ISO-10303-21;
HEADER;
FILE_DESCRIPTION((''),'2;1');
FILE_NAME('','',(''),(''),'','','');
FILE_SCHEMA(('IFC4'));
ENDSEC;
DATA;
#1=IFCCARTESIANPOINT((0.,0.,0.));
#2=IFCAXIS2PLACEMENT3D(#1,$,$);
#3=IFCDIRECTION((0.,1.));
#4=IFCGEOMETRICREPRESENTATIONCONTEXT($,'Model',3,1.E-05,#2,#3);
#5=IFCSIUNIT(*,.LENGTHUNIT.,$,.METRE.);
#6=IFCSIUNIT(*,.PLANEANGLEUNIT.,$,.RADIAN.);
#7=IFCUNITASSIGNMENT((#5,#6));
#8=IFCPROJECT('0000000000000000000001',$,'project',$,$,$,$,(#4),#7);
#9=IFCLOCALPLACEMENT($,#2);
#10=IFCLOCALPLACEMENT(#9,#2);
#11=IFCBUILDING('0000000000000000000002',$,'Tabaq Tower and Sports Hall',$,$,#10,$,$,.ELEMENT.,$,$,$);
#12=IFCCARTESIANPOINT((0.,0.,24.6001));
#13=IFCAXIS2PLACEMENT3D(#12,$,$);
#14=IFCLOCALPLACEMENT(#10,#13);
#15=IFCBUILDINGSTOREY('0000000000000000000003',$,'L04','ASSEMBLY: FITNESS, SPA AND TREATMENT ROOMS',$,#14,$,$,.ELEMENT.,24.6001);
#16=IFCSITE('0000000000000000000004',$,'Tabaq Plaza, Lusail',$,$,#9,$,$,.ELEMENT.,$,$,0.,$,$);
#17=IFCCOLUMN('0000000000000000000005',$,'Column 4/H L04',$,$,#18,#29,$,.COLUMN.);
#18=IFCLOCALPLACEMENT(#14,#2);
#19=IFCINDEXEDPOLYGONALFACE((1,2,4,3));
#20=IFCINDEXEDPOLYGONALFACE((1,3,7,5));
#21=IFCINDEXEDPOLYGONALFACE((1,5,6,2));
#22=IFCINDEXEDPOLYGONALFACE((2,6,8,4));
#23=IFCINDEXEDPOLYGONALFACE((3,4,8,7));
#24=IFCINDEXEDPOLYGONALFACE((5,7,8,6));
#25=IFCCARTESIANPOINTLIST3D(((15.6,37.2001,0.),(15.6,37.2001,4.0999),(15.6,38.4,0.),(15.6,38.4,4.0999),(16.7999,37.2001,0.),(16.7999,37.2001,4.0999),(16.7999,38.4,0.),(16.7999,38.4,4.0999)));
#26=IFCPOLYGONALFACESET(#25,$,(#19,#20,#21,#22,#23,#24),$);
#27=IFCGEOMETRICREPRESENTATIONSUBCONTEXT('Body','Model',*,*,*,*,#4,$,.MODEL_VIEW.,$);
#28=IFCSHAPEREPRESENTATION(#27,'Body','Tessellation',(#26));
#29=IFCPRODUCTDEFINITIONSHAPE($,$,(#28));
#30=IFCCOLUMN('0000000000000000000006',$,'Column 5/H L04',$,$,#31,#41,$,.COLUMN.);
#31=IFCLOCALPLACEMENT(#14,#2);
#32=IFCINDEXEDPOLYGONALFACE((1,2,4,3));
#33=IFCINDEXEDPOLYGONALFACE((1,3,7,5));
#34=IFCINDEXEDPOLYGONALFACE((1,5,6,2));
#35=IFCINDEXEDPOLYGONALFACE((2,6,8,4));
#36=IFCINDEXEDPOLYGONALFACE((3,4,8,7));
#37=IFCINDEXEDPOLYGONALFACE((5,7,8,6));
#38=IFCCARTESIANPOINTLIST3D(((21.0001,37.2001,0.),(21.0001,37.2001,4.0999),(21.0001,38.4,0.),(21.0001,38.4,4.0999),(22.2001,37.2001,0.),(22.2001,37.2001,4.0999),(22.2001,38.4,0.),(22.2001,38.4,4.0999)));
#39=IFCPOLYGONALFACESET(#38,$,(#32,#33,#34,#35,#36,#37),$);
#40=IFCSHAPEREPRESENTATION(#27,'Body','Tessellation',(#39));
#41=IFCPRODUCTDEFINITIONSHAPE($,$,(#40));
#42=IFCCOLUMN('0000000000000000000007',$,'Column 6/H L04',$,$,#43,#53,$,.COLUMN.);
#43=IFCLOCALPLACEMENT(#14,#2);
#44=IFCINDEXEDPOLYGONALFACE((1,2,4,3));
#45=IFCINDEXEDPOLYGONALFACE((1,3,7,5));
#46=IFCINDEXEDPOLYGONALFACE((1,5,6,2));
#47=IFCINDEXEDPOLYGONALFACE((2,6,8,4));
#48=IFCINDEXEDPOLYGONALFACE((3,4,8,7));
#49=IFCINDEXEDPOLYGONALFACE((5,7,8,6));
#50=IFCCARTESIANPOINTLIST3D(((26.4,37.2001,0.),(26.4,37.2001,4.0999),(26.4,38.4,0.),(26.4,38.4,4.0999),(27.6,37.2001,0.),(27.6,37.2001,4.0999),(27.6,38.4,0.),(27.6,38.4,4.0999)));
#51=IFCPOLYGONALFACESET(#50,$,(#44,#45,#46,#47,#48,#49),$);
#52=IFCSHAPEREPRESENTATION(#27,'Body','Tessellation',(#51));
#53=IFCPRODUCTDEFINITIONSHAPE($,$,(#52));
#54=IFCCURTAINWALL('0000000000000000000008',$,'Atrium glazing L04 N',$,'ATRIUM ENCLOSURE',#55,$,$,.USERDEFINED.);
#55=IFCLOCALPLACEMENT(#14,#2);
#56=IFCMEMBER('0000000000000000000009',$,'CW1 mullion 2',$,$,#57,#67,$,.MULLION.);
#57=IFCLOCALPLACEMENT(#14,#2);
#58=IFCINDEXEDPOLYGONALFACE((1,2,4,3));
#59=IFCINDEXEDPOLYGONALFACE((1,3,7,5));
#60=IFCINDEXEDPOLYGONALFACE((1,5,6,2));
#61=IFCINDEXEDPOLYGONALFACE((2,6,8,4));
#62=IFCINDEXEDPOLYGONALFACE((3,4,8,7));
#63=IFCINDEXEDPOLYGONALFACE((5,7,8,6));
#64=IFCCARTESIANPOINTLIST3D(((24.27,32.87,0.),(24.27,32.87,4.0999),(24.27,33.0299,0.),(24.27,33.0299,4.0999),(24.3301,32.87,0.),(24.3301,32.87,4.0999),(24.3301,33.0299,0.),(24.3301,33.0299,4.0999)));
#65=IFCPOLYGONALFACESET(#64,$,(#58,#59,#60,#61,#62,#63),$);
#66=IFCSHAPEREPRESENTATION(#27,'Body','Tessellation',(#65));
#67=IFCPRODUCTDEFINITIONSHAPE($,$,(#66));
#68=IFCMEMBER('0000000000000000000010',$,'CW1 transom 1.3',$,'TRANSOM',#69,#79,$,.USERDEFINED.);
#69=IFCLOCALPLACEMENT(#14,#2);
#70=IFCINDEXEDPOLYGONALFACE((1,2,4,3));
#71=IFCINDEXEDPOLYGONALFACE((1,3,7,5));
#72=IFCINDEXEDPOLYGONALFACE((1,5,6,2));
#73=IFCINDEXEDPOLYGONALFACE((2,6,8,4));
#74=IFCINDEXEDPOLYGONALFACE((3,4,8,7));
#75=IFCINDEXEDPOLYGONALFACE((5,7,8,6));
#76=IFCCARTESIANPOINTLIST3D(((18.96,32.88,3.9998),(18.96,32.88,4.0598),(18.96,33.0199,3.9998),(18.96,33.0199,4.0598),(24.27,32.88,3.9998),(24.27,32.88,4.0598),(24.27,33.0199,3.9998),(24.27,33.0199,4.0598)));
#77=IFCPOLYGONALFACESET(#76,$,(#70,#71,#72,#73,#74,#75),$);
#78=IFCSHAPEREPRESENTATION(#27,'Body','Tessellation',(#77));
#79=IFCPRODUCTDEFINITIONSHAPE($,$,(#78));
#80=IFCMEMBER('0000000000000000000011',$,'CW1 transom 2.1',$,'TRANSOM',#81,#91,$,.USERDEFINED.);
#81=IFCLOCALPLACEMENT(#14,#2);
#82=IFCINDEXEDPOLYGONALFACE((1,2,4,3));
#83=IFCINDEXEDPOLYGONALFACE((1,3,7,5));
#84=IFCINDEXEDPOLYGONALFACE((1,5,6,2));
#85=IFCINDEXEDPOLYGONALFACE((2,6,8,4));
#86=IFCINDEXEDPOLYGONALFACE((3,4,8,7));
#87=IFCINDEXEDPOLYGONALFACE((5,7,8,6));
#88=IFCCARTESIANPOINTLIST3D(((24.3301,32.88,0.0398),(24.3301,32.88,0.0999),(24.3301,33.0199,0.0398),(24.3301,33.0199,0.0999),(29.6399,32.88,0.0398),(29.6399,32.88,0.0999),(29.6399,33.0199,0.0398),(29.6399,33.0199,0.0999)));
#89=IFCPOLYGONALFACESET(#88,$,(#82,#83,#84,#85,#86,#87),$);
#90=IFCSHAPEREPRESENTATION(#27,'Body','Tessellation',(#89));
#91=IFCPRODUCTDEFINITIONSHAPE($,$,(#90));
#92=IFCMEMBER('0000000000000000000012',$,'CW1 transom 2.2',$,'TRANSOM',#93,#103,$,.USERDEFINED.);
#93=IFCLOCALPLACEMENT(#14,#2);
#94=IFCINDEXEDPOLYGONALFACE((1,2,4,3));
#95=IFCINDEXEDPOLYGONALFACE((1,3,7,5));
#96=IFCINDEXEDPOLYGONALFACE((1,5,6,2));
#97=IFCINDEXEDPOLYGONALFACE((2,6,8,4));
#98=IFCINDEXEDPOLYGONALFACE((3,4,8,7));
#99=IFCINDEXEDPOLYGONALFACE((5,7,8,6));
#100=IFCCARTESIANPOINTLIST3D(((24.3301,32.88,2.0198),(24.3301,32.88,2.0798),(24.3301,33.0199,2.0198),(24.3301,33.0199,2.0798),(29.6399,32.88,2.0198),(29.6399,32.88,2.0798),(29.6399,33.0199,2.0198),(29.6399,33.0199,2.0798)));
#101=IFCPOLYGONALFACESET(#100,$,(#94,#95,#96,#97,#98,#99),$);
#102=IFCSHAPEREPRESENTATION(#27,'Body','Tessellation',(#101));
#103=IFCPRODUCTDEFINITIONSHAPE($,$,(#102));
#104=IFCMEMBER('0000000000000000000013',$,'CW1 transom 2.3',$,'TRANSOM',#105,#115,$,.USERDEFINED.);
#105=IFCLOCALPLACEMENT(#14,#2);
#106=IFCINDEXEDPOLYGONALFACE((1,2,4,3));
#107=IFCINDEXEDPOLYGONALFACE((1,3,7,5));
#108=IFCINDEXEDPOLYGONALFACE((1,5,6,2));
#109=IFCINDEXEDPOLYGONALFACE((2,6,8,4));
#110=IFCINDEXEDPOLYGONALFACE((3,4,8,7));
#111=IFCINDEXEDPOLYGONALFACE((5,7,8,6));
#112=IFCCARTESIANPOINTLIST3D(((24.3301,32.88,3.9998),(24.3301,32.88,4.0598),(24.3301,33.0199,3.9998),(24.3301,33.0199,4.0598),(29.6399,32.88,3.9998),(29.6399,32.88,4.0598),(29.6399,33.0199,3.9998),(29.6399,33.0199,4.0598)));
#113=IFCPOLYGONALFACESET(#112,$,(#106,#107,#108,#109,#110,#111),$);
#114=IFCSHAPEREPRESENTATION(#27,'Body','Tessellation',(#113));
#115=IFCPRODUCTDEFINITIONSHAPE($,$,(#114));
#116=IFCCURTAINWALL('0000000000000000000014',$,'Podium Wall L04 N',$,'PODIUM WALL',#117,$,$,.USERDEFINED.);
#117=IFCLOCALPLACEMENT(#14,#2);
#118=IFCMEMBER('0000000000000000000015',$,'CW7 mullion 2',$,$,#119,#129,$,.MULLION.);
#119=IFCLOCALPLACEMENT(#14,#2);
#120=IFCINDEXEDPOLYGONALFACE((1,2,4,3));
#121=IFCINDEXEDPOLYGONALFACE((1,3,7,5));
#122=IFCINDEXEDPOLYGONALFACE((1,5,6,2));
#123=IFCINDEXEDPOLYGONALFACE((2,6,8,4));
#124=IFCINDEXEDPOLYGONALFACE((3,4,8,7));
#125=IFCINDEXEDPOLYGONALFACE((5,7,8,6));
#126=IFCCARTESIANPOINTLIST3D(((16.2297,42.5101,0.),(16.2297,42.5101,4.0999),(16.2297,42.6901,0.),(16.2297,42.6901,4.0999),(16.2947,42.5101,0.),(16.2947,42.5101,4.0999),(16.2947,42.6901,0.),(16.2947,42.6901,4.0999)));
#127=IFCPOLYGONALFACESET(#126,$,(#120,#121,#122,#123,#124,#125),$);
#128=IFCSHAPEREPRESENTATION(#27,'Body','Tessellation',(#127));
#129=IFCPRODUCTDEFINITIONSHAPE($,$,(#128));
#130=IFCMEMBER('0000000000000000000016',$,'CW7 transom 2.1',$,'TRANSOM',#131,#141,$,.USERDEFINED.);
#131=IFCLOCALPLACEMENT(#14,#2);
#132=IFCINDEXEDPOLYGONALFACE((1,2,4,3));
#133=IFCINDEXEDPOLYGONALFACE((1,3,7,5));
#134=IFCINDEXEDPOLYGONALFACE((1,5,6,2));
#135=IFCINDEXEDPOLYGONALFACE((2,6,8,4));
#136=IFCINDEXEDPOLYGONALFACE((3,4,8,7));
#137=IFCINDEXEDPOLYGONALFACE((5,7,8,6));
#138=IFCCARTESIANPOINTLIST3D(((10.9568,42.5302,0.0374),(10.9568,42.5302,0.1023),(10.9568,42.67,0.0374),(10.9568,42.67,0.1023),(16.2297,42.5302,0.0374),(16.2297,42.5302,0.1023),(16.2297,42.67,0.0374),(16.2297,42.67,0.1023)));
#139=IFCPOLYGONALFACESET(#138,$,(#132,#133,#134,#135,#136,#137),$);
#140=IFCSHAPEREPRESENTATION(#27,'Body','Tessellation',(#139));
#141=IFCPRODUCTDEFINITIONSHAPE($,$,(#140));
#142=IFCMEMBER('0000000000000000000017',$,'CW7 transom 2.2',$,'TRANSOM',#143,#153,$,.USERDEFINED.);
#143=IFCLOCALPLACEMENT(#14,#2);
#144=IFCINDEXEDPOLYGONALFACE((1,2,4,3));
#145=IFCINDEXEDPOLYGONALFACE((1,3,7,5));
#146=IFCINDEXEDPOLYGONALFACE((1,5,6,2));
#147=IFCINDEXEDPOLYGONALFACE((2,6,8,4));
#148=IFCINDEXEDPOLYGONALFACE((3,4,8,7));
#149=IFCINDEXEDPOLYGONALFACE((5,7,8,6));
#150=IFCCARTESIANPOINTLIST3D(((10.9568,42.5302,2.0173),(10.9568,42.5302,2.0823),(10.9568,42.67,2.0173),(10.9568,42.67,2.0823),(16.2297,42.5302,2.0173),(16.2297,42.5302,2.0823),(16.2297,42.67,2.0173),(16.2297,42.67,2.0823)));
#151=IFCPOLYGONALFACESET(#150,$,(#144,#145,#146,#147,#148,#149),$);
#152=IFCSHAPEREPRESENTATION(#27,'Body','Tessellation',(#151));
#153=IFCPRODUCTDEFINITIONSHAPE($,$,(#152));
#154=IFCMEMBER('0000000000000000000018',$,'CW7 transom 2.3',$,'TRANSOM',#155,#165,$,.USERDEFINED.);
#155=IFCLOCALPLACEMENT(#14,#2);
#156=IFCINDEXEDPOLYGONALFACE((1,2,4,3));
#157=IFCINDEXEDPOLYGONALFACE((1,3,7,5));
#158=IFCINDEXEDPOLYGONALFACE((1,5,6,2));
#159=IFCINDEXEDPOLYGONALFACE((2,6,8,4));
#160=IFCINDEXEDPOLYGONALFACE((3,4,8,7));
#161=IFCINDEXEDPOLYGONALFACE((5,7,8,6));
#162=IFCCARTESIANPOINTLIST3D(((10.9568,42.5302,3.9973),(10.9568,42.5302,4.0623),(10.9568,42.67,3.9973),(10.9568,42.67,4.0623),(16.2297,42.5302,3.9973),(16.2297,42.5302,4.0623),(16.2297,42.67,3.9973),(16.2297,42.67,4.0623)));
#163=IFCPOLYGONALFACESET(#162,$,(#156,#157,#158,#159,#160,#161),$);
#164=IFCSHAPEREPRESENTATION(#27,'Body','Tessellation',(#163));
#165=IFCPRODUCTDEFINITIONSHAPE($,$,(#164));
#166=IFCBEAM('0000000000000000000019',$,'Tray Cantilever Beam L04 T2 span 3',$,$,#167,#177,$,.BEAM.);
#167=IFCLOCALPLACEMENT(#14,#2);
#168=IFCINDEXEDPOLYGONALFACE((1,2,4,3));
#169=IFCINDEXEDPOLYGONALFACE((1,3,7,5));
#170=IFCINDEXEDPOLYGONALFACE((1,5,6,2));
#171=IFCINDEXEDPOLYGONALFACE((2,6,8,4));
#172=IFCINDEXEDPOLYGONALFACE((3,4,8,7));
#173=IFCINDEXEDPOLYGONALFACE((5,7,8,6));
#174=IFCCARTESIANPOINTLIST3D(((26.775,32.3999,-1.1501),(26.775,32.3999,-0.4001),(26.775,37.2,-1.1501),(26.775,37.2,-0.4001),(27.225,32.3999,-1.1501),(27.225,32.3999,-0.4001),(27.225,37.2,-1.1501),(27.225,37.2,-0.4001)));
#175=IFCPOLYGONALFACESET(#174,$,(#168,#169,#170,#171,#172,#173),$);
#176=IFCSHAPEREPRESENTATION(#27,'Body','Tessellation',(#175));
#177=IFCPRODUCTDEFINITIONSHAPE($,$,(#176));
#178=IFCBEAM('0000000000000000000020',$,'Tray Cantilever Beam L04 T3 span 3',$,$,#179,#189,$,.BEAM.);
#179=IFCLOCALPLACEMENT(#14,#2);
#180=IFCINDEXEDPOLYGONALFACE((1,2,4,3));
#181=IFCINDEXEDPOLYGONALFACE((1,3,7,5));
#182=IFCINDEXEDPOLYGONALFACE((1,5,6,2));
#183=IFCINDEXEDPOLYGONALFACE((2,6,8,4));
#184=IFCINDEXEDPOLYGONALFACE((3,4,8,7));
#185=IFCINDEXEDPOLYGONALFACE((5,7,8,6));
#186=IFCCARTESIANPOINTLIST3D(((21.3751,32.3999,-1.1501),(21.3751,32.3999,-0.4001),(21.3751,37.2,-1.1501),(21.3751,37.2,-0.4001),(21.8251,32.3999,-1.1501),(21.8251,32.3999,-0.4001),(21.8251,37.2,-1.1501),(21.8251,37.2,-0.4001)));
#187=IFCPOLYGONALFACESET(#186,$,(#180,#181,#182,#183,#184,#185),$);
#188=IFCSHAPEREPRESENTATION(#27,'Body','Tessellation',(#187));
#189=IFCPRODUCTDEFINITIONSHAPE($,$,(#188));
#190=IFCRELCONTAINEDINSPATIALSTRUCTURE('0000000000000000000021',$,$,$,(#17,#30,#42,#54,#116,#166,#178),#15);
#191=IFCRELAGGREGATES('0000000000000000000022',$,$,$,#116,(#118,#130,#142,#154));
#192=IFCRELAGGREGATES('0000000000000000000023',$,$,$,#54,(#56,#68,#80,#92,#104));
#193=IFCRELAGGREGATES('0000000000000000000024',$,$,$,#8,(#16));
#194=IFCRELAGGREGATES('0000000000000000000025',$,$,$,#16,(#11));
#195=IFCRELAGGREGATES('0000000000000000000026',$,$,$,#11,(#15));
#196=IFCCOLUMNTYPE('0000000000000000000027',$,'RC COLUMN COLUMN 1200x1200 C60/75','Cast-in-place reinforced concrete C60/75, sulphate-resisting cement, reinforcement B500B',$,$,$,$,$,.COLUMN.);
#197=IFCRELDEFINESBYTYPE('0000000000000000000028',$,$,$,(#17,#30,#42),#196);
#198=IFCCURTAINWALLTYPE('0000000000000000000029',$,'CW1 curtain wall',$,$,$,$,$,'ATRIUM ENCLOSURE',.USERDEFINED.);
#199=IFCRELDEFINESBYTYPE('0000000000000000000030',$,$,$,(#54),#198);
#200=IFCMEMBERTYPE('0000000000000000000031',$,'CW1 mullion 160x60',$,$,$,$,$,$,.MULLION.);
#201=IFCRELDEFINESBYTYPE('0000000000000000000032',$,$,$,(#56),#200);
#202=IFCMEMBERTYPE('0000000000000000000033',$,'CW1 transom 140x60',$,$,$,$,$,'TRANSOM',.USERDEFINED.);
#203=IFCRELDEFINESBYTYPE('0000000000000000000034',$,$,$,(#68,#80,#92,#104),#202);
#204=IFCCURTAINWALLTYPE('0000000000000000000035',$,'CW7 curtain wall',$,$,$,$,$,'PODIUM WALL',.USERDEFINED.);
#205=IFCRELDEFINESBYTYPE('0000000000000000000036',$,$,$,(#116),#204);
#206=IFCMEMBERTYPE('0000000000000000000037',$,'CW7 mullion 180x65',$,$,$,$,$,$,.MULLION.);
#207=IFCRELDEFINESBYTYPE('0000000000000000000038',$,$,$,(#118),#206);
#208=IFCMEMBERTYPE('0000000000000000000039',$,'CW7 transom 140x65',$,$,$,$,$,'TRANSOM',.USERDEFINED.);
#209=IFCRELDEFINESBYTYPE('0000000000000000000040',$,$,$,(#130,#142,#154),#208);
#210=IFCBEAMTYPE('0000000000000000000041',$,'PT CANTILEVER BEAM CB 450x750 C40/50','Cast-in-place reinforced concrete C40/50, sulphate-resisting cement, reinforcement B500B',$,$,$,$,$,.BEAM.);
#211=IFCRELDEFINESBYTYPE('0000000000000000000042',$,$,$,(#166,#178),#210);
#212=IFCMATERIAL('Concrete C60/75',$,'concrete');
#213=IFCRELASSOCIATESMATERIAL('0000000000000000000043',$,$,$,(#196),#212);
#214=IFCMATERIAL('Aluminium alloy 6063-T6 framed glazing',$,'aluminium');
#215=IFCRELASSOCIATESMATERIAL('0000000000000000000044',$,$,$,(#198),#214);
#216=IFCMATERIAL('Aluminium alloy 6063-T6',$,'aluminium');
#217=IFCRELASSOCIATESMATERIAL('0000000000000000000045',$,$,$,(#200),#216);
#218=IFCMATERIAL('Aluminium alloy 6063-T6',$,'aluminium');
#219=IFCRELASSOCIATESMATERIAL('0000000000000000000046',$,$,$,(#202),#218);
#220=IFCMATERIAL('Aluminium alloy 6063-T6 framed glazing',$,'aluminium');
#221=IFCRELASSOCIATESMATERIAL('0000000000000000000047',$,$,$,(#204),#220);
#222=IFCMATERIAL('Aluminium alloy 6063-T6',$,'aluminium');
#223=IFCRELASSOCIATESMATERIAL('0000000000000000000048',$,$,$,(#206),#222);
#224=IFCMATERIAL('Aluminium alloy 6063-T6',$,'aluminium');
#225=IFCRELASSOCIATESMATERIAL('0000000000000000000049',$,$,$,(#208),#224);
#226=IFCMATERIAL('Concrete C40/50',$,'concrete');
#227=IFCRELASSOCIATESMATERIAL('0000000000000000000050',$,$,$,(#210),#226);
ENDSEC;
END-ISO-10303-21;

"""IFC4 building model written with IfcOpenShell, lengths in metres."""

from ifc_helpers import new_model, si_unit, direction, frame, origin, origin_2d, place, context, subcontext, project, spatial, rectangle, extrude, material, material_profile, profile_set, type_object, element, aggregate, save


model = new_model("IFC4")

# Units and contexts
model_context = context("Model", 3, precision=1e-05, world=origin(), true_north=direction((0.0, 1.0)))
body_context = subcontext(model_context, "Body", "Model", "MODEL_VIEW")
ifc_project = project(units=[si_unit("LENGTHUNIT", "METRE"), si_unit("PLANEANGLEUNIT", "RADIAN")], contexts=[model_context])

# Site, building, storey
site_placement = place(None, origin())
site = spatial("IfcSite", under=ifc_project, at=site_placement, Name="Tabaq Plaza, Lusail", CompositionType="ELEMENT", RefElevation=0.0)
building_placement = place(site_placement, origin())
building = spatial("IfcBuilding", under=site, at=building_placement, Name="Tabaq Tower and Sports Hall", CompositionType="ELEMENT")
storey_placement = place(building_placement, frame((0.0, 0.0, 24.6001)))
storey = spatial("IfcBuildingStorey", under=building, at=storey_placement, Name="L04", Description="ASSEMBLY: FITNESS, SPA AND TREATMENT ROOMS", CompositionType="ELEMENT", Elevation=24.6001)

# Columns
ifc_material_1 = material(Name="Concrete C60/75", Category="concrete")
ifc_material_profile_1 = material_profile(ifc_material_1, rectangle(XDim=1.2, YDim=1.2, at=origin_2d()), Name="COLUMN 1200x1200")
ifc_profile_set_1 = profile_set([ifc_material_profile_1], Name="Concrete C60/75")
column_type = type_object("IfcColumnType", Name="RC COLUMN COLUMN 1200x1200 C60/75", Description="Cast-in-place reinforced concrete C60/75, sulphate-resisting cement, reinforcement B500B", PredefinedType="COLUMN", material=ifc_profile_set_1)
for number, where, z_axis, x_axis, name in (
    (1, (16.2, 37.8, 0.0), (0.0, 0.0, 1.0), (1.0, 0.0, 0.0), "Column 4/H L04"),
    (2, (21.6001, 37.8, 0.0), (0.0, 0.0, 1.0), (1.0, 0.0, 0.0), "Column 5/H L04"),
    (3, (27.0, 37.8, 0.0), (0.0, 0.0, 1.0), (1.0, 0.0, 0.0), "Column 6/H L04"),
):
    element("IfcColumn", number, at=place(storey_placement, frame(where, z_axis=z_axis, x_axis=x_axis)), inside=storey, type_object=column_type, Name=name, PredefinedType="COLUMN", context=body_context, shape_type="SweptSolid", body=[
        extrude(rectangle(XDim=1.2, YDim=1.2, at=origin_2d()), origin(), (0.0, 0.0, 1.0), 4.0999),
    ])

# Curtain walls, members
ifc_material_2 = material(Name="Aluminium alloy 6063-T6 framed glazing", Category="aluminium")
curtain_wall_type_1 = type_object("IfcCurtainWallType", Name="CW1 curtain wall", ElementType="ATRIUM ENCLOSURE", PredefinedType="USERDEFINED", material=ifc_material_2)
curtain_wall_1_placement = place(storey_placement, origin())
curtain_wall_1 = element("IfcCurtainWall", 4, at=curtain_wall_1_placement, inside=storey, type_object=curtain_wall_type_1, Name="Atrium glazing L04 N", ObjectType="ATRIUM ENCLOSURE", PredefinedType="USERDEFINED")
ifc_material_3 = material(Name="Aluminium alloy 6063-T6", Category="aluminium")
ifc_material_profile_2 = material_profile(ifc_material_3, rectangle(XDim=0.1599, YDim=0.0601, at=origin_2d()), Name="MULLION 160x60")
ifc_profile_set_2 = profile_set([ifc_material_profile_2], Name="Aluminium alloy 6063-T6")
member_type_1 = type_object("IfcMemberType", Name="CW1 mullion 160x60", PredefinedType="MULLION", material=ifc_profile_set_2)
member_1_placement = place(storey_placement, frame((24.3, 32.95, 0.0), z_axis=(0.0, 0.0, 1.0), x_axis=(0.0, 1.0, 0.0)))
member_1 = element("IfcMember", 5, at=member_1_placement, type_object=member_type_1, Name="CW1 mullion 2", PredefinedType="MULLION", context=body_context, shape_type="SweptSolid", body=[
    extrude(rectangle(XDim=0.1599, YDim=0.0601, at=origin_2d()), origin(), (0.0, 0.0, 1.0), 4.0999),
])
ifc_material_4 = material(Name="Aluminium alloy 6063-T6", Category="aluminium")
ifc_material_profile_3 = material_profile(ifc_material_4, rectangle(XDim=0.1399, YDim=0.0601, at=origin_2d()), Name="TRANSOM 140x60")
ifc_profile_set_3 = profile_set([ifc_material_profile_3], Name="Aluminium alloy 6063-T6")
member_type_2 = type_object("IfcMemberType", Name="CW1 transom 140x60", ElementType="TRANSOM", PredefinedType="USERDEFINED", material=ifc_profile_set_3)
member_2_placement = place(storey_placement, frame((18.96, 32.95, 4.0298), z_axis=(1.0, 0.0, 0.0), x_axis=(0.0, 1.0, 0.0)))
member_2 = element("IfcMember", 6, at=member_2_placement, type_object=member_type_2, Name="CW1 transom 1.3", ObjectType="TRANSOM", PredefinedType="USERDEFINED", context=body_context, shape_type="SweptSolid", body=[
    extrude(rectangle(XDim=0.1399, YDim=0.0601, at=origin_2d()), origin(), (0.0, 0.0, 1.0), 5.3101),
])
member_3_placement = place(storey_placement, frame((24.3301, 32.95, 0.0698), z_axis=(1.0, 0.0, 0.0), x_axis=(0.0, 1.0, 0.0)))
member_3 = element("IfcMember", 7, at=member_3_placement, type_object=member_type_2, Name="CW1 transom 2.1", ObjectType="TRANSOM", PredefinedType="USERDEFINED", context=body_context, shape_type="SweptSolid", body=[
    extrude(rectangle(XDim=0.1399, YDim=0.0601, at=origin_2d()), origin(), (0.0, 0.0, 1.0), 5.3098),
])
member_4_placement = place(storey_placement, frame((24.3301, 32.95, 2.0498), z_axis=(1.0, 0.0, 0.0), x_axis=(0.0, 1.0, 0.0)))
member_4 = element("IfcMember", 8, at=member_4_placement, type_object=member_type_2, Name="CW1 transom 2.2", ObjectType="TRANSOM", PredefinedType="USERDEFINED", context=body_context, shape_type="SweptSolid", body=[
    extrude(rectangle(XDim=0.1399, YDim=0.0601, at=origin_2d()), origin(), (0.0, 0.0, 1.0), 5.3098),
])
member_5_placement = place(storey_placement, frame((24.3301, 32.95, 4.0298), z_axis=(1.0, 0.0, 0.0), x_axis=(0.0, 1.0, 0.0)))
member_5 = element("IfcMember", 9, at=member_5_placement, type_object=member_type_2, Name="CW1 transom 2.3", ObjectType="TRANSOM", PredefinedType="USERDEFINED", context=body_context, shape_type="SweptSolid", body=[
    extrude(rectangle(XDim=0.1399, YDim=0.0601, at=origin_2d()), origin(), (0.0, 0.0, 1.0), 5.3098),
])
ifc_material_5 = material(Name="Aluminium alloy 6063-T6 framed glazing", Category="aluminium")
curtain_wall_type_2 = type_object("IfcCurtainWallType", Name="CW7 curtain wall", ElementType="PODIUM WALL", PredefinedType="USERDEFINED", material=ifc_material_5)
curtain_wall_2_placement = place(storey_placement, origin())
curtain_wall_2 = element("IfcCurtainWall", 10, at=curtain_wall_2_placement, inside=storey, type_object=curtain_wall_type_2, Name="Podium Wall L04 N", ObjectType="PODIUM WALL", PredefinedType="USERDEFINED")
ifc_material_6 = material(Name="Aluminium alloy 6063-T6", Category="aluminium")
ifc_material_profile_4 = material_profile(ifc_material_6, rectangle(XDim=0.1799, YDim=0.0649, at=origin_2d()), Name="MULLION 180x65")
ifc_profile_set_4 = profile_set([ifc_material_profile_4], Name="Aluminium alloy 6063-T6")
member_type_3 = type_object("IfcMemberType", Name="CW7 mullion 180x65", PredefinedType="MULLION", material=ifc_profile_set_4)
member_6_placement = place(storey_placement, frame((16.2622, 42.6001, 0.0), z_axis=(0.0, 0.0, 1.0), x_axis=(0.0, -1.0, 0.0)))
member_6 = element("IfcMember", 11, at=member_6_placement, type_object=member_type_3, Name="CW7 mullion 2", PredefinedType="MULLION", context=body_context, shape_type="SweptSolid", body=[
    extrude(rectangle(XDim=0.1799, YDim=0.0649, at=origin_2d()), origin(), (0.0, 0.0, 1.0), 4.0999),
])
ifc_material_7 = material(Name="Aluminium alloy 6063-T6", Category="aluminium")
ifc_material_profile_5 = material_profile(ifc_material_7, rectangle(XDim=0.1399, YDim=0.0649, at=origin_2d()), Name="TRANSOM 140x65")
ifc_profile_set_5 = profile_set([ifc_material_profile_5], Name="Aluminium alloy 6063-T6")
member_type_4 = type_object("IfcMemberType", Name="CW7 transom 140x65", ElementType="TRANSOM", PredefinedType="USERDEFINED", material=ifc_profile_set_5)
member_7_placement = place(storey_placement, frame((16.2297, 42.6001, 0.0698), z_axis=(-1.0, 0.0, 0.0), x_axis=(0.0, -1.0, 0.0)))
member_7 = element("IfcMember", 12, at=member_7_placement, type_object=member_type_4, Name="CW7 transom 2.1", ObjectType="TRANSOM", PredefinedType="USERDEFINED", context=body_context, shape_type="SweptSolid", body=[
    extrude(rectangle(XDim=0.1399, YDim=0.0649, at=origin_2d()), origin(), (0.0, 0.0, 1.0), 5.2729),
])
member_8_placement = place(storey_placement, frame((16.2297, 42.6001, 2.0498), z_axis=(-1.0, 0.0, 0.0), x_axis=(0.0, -1.0, 0.0)))
member_8 = element("IfcMember", 13, at=member_8_placement, type_object=member_type_4, Name="CW7 transom 2.2", ObjectType="TRANSOM", PredefinedType="USERDEFINED", context=body_context, shape_type="SweptSolid", body=[
    extrude(rectangle(XDim=0.1399, YDim=0.0649, at=origin_2d()), origin(), (0.0, 0.0, 1.0), 5.2729),
])
member_9_placement = place(storey_placement, frame((16.2297, 42.6001, 4.0298), z_axis=(-1.0, 0.0, 0.0), x_axis=(0.0, -1.0, 0.0)))
member_9 = element("IfcMember", 14, at=member_9_placement, type_object=member_type_4, Name="CW7 transom 2.3", ObjectType="TRANSOM", PredefinedType="USERDEFINED", context=body_context, shape_type="SweptSolid", body=[
    extrude(rectangle(XDim=0.1399, YDim=0.0649, at=origin_2d()), origin(), (0.0, 0.0, 1.0), 5.2729),
])
aggregate(curtain_wall_2, [member_6, member_7, member_8, member_9])

# Beams
ifc_material_8 = material(Name="Concrete C40/50", Category="concrete")
ifc_material_profile_6 = material_profile(ifc_material_8, rectangle(XDim=0.45, YDim=0.75, at=origin_2d()), Name="CB 450x750")
ifc_profile_set_6 = profile_set([ifc_material_profile_6], Name="Concrete C40/50")
beam_type = type_object("IfcBeamType", Name="PT CANTILEVER BEAM CB 450x750 C40/50", Description="Cast-in-place reinforced concrete C40/50, sulphate-resisting cement, reinforcement B500B", PredefinedType="BEAM", material=ifc_profile_set_6)
for number, where, z_axis, x_axis, name in (
    (15, (27.0, 37.2, -0.7751), (0.0, -1.0, 0.0), (1.0, 0.0, 0.0), "Tray Cantilever Beam L04 T2 span 3"),
    (16, (21.6001, 37.2, -0.7751), (0.0, -1.0, 0.0), (1.0, 0.0, 0.0), "Tray Cantilever Beam L04 T3 span 3"),
):
    element("IfcBeam", number, at=place(storey_placement, frame(where, z_axis=z_axis, x_axis=x_axis)), inside=storey, type_object=beam_type, Name=name, PredefinedType="BEAM", context=body_context, shape_type="SweptSolid", body=[
        extrude(rectangle(XDim=0.45, YDim=0.75, at=origin_2d()), origin(), (0.0, 0.0, 1.0), 4.8),
    ])

aggregate(curtain_wall_1, [member_1, member_2, member_3, member_4, member_5])

save(model, "model.ifc")
